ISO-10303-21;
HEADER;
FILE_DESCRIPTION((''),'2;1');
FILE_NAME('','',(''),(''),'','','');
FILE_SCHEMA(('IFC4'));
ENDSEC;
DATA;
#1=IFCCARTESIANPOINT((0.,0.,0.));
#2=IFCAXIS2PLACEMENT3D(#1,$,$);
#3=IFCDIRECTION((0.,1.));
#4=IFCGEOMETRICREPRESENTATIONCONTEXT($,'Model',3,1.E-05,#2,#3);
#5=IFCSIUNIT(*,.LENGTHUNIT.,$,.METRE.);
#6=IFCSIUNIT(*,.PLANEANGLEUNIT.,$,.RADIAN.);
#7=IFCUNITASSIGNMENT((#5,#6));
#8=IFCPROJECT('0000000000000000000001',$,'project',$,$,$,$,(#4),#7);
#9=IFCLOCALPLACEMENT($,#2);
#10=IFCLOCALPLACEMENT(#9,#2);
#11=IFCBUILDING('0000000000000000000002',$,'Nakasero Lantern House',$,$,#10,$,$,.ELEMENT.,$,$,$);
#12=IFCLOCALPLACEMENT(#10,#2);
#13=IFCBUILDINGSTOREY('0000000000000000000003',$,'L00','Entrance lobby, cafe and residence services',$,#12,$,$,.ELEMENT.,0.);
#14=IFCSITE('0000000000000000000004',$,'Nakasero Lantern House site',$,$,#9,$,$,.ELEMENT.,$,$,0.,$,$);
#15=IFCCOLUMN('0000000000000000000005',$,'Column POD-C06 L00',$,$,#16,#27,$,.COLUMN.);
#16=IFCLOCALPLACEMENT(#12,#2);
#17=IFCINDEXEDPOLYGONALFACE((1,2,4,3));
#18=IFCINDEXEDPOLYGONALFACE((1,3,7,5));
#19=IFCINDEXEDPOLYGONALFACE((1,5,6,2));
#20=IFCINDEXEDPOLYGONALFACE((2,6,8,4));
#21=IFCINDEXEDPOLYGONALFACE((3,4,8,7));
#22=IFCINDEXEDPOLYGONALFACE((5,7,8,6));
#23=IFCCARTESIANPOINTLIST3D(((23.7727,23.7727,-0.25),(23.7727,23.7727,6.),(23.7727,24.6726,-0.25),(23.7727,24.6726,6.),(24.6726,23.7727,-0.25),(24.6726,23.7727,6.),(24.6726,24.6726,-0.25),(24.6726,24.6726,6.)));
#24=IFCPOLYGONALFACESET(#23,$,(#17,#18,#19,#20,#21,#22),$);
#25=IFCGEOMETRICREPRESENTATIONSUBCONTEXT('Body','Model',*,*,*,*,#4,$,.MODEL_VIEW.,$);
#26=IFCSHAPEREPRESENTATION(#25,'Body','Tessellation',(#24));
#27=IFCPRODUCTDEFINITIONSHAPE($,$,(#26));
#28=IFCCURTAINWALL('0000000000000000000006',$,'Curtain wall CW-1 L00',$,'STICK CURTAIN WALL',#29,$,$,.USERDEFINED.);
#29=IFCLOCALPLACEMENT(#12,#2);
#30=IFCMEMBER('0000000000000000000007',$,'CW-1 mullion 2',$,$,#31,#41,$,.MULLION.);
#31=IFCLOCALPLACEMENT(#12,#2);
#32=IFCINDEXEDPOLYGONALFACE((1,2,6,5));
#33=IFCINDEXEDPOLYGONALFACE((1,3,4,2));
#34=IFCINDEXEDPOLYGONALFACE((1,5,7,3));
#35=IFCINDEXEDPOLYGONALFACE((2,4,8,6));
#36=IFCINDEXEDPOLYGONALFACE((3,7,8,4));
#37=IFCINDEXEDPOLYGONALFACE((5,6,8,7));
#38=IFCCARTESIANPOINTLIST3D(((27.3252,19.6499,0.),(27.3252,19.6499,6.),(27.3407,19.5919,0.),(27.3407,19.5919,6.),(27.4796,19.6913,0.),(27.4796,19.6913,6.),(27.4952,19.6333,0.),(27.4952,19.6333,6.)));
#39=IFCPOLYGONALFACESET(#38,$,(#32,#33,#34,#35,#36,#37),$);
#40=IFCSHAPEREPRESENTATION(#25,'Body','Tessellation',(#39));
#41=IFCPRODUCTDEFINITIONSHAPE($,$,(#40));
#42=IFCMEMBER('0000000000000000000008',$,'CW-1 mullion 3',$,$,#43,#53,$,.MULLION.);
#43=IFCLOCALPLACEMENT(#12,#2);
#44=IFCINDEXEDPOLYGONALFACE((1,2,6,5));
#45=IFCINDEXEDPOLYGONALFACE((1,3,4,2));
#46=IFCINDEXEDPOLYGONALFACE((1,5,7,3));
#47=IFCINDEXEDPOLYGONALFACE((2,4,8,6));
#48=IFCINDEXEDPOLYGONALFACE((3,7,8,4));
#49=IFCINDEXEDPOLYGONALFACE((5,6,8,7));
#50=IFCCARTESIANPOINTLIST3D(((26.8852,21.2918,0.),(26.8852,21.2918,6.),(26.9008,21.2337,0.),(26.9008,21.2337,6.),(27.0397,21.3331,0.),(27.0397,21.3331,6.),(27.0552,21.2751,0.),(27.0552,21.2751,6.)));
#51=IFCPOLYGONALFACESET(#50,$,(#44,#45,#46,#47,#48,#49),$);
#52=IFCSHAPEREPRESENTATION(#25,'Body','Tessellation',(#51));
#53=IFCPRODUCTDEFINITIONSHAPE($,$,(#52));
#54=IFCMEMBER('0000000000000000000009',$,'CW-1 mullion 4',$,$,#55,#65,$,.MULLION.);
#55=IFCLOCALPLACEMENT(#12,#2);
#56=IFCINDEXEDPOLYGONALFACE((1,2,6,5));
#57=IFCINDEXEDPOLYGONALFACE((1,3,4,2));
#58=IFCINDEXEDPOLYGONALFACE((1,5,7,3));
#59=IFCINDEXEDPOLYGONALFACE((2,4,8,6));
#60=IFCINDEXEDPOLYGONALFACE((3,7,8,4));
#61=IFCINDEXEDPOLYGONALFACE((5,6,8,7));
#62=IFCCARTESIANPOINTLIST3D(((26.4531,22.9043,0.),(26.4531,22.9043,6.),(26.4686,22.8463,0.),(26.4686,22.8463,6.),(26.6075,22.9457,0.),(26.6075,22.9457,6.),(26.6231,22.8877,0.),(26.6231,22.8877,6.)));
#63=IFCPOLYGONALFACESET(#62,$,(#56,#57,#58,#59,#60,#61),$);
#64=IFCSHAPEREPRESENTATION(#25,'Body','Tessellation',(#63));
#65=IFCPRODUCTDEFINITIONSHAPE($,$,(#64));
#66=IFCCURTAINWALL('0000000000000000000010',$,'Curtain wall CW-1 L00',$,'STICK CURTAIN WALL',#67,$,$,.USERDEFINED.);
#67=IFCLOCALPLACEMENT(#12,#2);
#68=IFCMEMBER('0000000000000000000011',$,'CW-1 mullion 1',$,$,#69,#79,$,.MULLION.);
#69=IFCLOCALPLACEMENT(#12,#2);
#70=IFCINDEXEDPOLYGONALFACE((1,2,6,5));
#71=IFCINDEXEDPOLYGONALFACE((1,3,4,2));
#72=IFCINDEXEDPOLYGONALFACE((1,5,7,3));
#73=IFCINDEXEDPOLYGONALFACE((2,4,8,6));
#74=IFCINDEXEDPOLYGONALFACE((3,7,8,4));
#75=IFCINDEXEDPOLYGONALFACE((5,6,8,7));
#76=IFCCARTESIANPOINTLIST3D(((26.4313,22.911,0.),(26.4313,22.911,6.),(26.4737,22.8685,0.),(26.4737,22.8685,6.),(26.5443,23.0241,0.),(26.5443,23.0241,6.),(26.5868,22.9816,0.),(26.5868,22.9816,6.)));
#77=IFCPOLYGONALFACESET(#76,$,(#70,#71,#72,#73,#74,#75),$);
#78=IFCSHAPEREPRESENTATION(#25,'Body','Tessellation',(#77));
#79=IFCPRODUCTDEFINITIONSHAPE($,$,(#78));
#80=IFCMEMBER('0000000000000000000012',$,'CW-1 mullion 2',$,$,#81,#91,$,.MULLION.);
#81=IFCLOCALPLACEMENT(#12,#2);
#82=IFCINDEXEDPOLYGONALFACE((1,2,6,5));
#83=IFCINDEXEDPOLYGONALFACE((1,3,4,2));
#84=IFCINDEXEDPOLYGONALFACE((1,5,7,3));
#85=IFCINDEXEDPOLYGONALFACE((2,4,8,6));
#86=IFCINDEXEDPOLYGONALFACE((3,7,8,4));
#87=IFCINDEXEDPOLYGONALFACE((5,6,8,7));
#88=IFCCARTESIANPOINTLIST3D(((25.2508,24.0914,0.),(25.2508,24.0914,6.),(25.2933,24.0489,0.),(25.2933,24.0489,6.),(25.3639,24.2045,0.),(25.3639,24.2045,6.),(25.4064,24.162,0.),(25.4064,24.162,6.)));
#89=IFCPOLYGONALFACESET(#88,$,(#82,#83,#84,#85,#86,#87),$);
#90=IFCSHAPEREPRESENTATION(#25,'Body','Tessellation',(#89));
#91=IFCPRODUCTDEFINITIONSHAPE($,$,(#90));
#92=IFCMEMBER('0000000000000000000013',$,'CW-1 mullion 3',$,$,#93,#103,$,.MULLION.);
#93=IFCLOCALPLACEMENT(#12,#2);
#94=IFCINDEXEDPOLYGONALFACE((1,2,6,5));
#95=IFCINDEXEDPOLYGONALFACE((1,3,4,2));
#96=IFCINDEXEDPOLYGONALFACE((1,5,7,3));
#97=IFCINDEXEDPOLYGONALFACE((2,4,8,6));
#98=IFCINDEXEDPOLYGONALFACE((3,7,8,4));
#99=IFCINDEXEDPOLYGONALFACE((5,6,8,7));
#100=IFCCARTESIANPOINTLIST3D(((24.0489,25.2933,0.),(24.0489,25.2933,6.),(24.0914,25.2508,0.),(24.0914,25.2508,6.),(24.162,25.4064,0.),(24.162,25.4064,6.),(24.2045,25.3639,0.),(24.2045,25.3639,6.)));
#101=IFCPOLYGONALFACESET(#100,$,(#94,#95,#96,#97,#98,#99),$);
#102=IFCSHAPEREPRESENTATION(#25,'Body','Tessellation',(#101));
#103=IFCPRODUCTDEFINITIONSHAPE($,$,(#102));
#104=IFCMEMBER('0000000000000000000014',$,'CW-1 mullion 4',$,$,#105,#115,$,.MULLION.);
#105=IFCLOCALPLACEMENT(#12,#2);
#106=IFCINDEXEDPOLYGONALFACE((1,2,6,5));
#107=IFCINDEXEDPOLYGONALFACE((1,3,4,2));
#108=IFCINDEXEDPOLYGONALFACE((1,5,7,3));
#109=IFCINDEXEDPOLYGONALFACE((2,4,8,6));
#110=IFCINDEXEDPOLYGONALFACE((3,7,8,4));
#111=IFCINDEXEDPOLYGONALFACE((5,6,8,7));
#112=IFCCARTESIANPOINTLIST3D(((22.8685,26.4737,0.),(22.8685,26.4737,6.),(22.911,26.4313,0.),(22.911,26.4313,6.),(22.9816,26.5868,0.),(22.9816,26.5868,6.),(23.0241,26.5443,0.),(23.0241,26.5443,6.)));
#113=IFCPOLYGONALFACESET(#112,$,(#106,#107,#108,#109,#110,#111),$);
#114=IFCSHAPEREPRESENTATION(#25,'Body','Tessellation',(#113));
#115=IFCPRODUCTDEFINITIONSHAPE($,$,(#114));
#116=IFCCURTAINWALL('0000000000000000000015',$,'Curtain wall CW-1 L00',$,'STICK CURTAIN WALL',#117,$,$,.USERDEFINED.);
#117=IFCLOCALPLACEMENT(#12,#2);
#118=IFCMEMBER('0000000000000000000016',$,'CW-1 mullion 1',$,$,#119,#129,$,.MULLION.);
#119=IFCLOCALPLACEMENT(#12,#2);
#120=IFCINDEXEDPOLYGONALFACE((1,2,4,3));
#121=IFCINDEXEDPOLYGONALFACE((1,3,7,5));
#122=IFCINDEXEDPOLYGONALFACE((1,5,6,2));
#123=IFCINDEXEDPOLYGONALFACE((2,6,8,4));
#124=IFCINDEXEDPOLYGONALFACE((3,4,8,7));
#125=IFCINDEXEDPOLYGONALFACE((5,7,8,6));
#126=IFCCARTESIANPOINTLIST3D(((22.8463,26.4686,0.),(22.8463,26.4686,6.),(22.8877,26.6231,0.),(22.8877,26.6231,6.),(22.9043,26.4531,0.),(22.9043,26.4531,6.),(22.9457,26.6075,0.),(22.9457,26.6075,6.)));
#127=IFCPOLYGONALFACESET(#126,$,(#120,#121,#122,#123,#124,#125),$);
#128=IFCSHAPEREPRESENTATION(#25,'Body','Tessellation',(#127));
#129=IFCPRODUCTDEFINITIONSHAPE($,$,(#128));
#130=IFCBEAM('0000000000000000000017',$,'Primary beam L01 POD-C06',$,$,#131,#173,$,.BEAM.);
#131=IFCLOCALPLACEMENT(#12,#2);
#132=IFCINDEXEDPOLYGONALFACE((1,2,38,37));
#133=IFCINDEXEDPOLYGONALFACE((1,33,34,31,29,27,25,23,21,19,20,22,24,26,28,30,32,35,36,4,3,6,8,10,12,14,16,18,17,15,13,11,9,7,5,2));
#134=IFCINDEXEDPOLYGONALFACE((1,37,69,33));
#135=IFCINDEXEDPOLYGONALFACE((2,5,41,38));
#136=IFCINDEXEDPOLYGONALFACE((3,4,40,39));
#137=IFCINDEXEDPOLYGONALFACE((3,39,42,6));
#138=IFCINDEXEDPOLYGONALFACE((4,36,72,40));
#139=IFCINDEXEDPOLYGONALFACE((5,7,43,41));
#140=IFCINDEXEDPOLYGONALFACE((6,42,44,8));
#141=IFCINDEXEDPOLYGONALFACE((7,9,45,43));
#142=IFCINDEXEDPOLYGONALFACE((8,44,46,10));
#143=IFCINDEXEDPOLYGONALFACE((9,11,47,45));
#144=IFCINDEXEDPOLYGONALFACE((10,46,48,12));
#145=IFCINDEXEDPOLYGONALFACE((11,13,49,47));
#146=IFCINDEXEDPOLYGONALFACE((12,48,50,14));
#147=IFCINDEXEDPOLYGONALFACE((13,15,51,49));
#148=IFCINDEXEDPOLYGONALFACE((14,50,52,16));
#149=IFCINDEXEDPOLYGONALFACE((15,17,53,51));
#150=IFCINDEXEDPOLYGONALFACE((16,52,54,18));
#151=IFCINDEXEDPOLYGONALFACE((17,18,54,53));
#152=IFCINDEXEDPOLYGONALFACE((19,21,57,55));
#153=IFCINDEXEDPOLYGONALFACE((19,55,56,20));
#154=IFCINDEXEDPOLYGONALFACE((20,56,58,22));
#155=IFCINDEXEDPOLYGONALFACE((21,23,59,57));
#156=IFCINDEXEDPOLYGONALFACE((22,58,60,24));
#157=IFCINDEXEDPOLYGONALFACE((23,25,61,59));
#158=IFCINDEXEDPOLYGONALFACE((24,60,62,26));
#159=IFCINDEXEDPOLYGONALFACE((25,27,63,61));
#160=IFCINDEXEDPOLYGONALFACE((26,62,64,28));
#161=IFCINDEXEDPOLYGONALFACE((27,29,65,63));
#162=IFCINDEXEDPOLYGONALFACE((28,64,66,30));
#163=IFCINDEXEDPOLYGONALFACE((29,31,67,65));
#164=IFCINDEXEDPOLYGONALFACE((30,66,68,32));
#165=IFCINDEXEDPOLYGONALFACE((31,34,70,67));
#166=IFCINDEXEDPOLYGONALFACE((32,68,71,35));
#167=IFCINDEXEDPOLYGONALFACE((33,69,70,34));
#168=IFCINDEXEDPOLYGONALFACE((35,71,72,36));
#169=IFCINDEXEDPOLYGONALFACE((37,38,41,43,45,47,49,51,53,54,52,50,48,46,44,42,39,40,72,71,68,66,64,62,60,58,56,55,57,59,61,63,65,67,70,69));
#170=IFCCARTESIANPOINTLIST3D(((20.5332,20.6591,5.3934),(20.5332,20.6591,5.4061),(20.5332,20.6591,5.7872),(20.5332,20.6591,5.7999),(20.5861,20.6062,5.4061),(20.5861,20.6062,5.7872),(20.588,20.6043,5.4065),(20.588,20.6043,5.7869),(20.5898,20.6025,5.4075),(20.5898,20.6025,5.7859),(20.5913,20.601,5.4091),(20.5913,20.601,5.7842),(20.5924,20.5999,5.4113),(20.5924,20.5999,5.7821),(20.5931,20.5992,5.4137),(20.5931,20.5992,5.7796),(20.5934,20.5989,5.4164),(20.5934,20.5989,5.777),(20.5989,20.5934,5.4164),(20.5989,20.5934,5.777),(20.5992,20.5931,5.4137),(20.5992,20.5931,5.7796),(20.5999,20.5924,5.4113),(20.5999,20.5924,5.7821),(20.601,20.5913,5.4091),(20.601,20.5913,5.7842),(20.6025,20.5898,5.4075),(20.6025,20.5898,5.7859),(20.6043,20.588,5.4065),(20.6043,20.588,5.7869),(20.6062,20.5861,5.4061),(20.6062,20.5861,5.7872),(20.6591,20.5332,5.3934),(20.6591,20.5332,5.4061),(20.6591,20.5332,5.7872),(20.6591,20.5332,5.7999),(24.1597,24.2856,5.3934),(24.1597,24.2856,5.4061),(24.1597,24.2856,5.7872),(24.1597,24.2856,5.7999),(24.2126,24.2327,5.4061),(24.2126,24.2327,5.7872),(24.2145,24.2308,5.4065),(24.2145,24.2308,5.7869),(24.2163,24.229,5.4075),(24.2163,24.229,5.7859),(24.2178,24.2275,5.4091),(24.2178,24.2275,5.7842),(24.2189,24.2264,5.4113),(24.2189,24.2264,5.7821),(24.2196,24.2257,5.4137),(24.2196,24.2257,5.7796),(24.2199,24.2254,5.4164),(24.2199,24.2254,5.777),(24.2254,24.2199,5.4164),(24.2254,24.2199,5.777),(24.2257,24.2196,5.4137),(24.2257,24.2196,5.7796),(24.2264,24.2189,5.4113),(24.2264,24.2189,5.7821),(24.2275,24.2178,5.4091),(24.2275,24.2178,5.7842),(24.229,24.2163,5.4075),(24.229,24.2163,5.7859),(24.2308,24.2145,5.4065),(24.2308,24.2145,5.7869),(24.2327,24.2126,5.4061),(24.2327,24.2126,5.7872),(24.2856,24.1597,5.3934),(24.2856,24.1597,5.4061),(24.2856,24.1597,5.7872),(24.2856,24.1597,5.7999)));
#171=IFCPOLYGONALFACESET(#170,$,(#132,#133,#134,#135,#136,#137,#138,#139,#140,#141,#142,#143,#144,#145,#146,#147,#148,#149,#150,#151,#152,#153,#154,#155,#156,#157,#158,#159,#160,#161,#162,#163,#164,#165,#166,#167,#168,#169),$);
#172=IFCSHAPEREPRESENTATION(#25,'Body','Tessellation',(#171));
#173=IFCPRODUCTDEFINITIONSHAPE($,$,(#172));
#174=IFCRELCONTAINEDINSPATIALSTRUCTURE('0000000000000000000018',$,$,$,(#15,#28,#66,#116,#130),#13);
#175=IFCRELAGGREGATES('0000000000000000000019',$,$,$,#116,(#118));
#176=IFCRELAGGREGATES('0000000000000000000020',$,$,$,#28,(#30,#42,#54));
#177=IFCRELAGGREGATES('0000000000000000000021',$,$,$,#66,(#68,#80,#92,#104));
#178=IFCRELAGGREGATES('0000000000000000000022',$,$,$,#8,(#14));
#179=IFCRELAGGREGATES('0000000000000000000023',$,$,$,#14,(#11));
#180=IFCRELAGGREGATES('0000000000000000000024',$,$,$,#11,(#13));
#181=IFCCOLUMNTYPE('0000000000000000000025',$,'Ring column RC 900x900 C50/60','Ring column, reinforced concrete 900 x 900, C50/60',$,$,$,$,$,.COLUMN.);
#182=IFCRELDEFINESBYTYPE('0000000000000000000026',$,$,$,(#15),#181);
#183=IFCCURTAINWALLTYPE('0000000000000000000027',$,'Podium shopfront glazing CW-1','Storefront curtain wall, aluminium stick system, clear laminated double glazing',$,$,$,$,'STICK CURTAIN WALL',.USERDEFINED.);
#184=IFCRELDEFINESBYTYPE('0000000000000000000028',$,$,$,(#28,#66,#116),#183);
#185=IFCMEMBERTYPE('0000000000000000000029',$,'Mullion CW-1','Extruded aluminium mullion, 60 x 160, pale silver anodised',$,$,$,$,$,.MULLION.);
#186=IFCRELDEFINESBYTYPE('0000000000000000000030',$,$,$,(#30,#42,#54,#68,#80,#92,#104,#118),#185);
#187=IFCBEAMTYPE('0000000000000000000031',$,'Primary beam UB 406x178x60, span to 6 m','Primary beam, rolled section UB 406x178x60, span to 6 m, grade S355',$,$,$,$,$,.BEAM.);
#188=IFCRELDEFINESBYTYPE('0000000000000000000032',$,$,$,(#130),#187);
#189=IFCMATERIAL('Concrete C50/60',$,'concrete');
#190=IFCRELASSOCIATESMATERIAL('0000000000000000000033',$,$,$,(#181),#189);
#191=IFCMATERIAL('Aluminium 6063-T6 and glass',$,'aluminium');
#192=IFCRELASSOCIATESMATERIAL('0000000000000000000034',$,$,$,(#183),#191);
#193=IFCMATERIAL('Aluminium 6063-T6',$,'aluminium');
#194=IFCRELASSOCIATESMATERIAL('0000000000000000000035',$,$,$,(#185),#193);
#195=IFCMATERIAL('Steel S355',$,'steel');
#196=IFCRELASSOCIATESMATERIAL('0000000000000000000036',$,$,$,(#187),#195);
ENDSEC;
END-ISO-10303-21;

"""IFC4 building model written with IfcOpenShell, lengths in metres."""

from ifc_helpers import new_model, si_unit, direction, frame, origin, origin_2d, place, context, subcontext, project, spatial, rectangle, i_section, extrude, material, material_profile, profile_set, type_object, element, aggregate, save


model = new_model("IFC4")

# Units and contexts
model_context = context("Model", 3, precision=1e-05, world=origin(), true_north=direction((0.0, 1.0)))
body_context = subcontext(model_context, "Body", "Model", "MODEL_VIEW")
ifc_project = project(units=[si_unit("LENGTHUNIT", "METRE"), si_unit("PLANEANGLEUNIT", "RADIAN")], contexts=[model_context])

# Site, building, storey
site_placement = place(None, origin())
site = spatial("IfcSite", under=ifc_project, at=site_placement, Name="Nakasero Lantern House site", CompositionType="ELEMENT", RefElevation=0.0)
building_placement = place(site_placement, origin())
building = spatial("IfcBuilding", under=site, at=building_placement, Name="Nakasero Lantern House", CompositionType="ELEMENT")
storey_placement = place(building_placement, origin())
storey = spatial("IfcBuildingStorey", under=building, at=storey_placement, Name="L00", Description="Entrance lobby, cafe and residence services", CompositionType="ELEMENT", Elevation=0.0)

# Column
ifc_material_1 = material(Name="Concrete C50/60", Category="concrete")
ifc_material_profile_1 = material_profile(ifc_material_1, rectangle(XDim=0.8999, YDim=0.8999, at=origin_2d()), Name="RC 900x900")
ifc_profile_set_1 = profile_set([ifc_material_profile_1], Name="Concrete C50/60")
column_type = type_object("IfcColumnType", Name="Ring column RC 900x900 C50/60", Description="Ring column, reinforced concrete 900 x 900, C50/60", PredefinedType="COLUMN", material=ifc_profile_set_1)
column_placement = place(storey_placement, frame((24.2227, 24.2227, -0.25), z_axis=(0.0, 0.0, 1.0), x_axis=(1.0, 0.0, 0.0)))
element("IfcColumn", 1, at=column_placement, inside=storey, type_object=column_type, Name="Column POD-C06 L00", PredefinedType="COLUMN", context=body_context, shape_type="SweptSolid", body=[
    extrude(rectangle(XDim=0.8999, YDim=0.8999, at=origin_2d()), origin(), (0.0, 0.0, 1.0), 6.25),
])

# Curtain walls, members
ifc_material_2 = material(Name="Aluminium 6063-T6 and glass", Category="aluminium")
curtain_wall_type = type_object("IfcCurtainWallType", Name="Podium shopfront glazing CW-1", Description="Storefront curtain wall, aluminium stick system, clear laminated double glazing", ElementType="STICK CURTAIN WALL", PredefinedType="USERDEFINED", material=ifc_material_2)
curtain_wall_1_placement = place(storey_placement, origin())
curtain_wall_1 = element("IfcCurtainWall", 2, at=curtain_wall_1_placement, inside=storey, type_object=curtain_wall_type, Name="Curtain wall CW-1 L00", ObjectType="STICK CURTAIN WALL", PredefinedType="USERDEFINED")
ifc_material_3 = material(Name="Aluminium 6063-T6", Category="aluminium")
ifc_material_profile_2 = material_profile(ifc_material_3, rectangle(XDim=0.0601, YDim=0.1599, at=origin_2d()), Name="CW-1 mullion 60x160")
ifc_profile_set_2 = profile_set([ifc_material_profile_2], Name="Aluminium 6063-T6")
member_type_1 = type_object("IfcMemberType", Name="Mullion CW-1", Description="Extruded aluminium mullion, 60 x 160, pale silver anodised", PredefinedType="MULLION", material=ifc_profile_set_2)
member_1_placement = place(storey_placement, frame((27.4102, 19.6416, 0.0), z_axis=(0.0, 0.0, 1.0), x_axis=(-0.258819, 0.965926, 0.0)))
member_1 = element("IfcMember", 3, at=member_1_placement, type_object=member_type_1, Name="CW-1 mullion 2", PredefinedType="MULLION", context=body_context, shape_type="SweptSolid", body=[
    extrude(rectangle(XDim=0.0601, YDim=0.1599, at=origin_2d()), origin(), (0.0, 0.0, 1.0), 6.0),
])
member_2_placement = place(storey_placement, frame((26.9702, 21.2834, 0.0), z_axis=(0.0, 0.0, 1.0), x_axis=(-0.258819, 0.965926, 0.0)))
member_2 = element("IfcMember", 4, at=member_2_placement, type_object=member_type_1, Name="CW-1 mullion 3", PredefinedType="MULLION", context=body_context, shape_type="SweptSolid", body=[
    extrude(rectangle(XDim=0.0601, YDim=0.1599, at=origin_2d()), origin(), (0.0, 0.0, 1.0), 6.0),
])
member_3_placement = place(storey_placement, frame((26.5381, 22.896, 0.0), z_axis=(0.0, 0.0, 1.0), x_axis=(-0.258819, 0.965926, 0.0)))
member_3 = element("IfcMember", 5, at=member_3_placement, type_object=member_type_1, Name="CW-1 mullion 4", PredefinedType="MULLION", context=body_context, shape_type="SweptSolid", body=[
    extrude(rectangle(XDim=0.0601, YDim=0.1599, at=origin_2d()), origin(), (0.0, 0.0, 1.0), 6.0),
])
curtain_wall_2_placement = place(storey_placement, origin())
curtain_wall_2 = element("IfcCurtainWall", 6, at=curtain_wall_2_placement, inside=storey, type_object=curtain_wall_type, Name="Curtain wall CW-1 L00", ObjectType="STICK CURTAIN WALL", PredefinedType="USERDEFINED")
member_4_placement = place(storey_placement, frame((26.509, 22.9463, 0.0), z_axis=(0.0, 0.0, 1.0), x_axis=(-0.707107, 0.707107, 0.0)))
member_4 = element("IfcMember", 7, at=member_4_placement, type_object=member_type_1, Name="CW-1 mullion 1", PredefinedType="MULLION", context=body_context, shape_type="SweptSolid", body=[
    extrude(rectangle(XDim=0.0601, YDim=0.1599, at=origin_2d()), origin(), (0.0, 0.0, 1.0), 6.0),
])
member_5_placement = place(storey_placement, frame((25.3286, 24.1267, 0.0), z_axis=(0.0, 0.0, 1.0), x_axis=(-0.707107, 0.707107, 0.0)))
member_5 = element("IfcMember", 8, at=member_5_placement, type_object=member_type_1, Name="CW-1 mullion 2", PredefinedType="MULLION", context=body_context, shape_type="SweptSolid", body=[
    extrude(rectangle(XDim=0.0601, YDim=0.1599, at=origin_2d()), origin(), (0.0, 0.0, 1.0), 6.0),
])
member_6_placement = place(storey_placement, frame((24.1267, 25.3286, 0.0), z_axis=(0.0, 0.0, 1.0), x_axis=(-0.707107, 0.707107, 0.0)))
member_6 = element("IfcMember", 9, at=member_6_placement, type_object=member_type_1, Name="CW-1 mullion 3", PredefinedType="MULLION", context=body_context, shape_type="SweptSolid", body=[
    extrude(rectangle(XDim=0.0601, YDim=0.1599, at=origin_2d()), origin(), (0.0, 0.0, 1.0), 6.0),
])
member_7_placement = place(storey_placement, frame((22.9463, 26.509, 0.0), z_axis=(0.0, 0.0, 1.0), x_axis=(-0.707107, 0.707107, 0.0)))
member_7 = element("IfcMember", 10, at=member_7_placement, type_object=member_type_1, Name="CW-1 mullion 4", PredefinedType="MULLION", context=body_context, shape_type="SweptSolid", body=[
    extrude(rectangle(XDim=0.0601, YDim=0.1599, at=origin_2d()), origin(), (0.0, 0.0, 1.0), 6.0),
])

# Curtain wall, member
curtain_wall_3_placement = place(storey_placement, origin())
curtain_wall_3 = element("IfcCurtainWall", 11, at=curtain_wall_3_placement, inside=storey, type_object=curtain_wall_type, Name="Curtain wall CW-1 L00", ObjectType="STICK CURTAIN WALL", PredefinedType="USERDEFINED")
member_8_placement = place(storey_placement, frame((22.896, 26.5381, 0.0), z_axis=(0.0, 0.0, 1.0), x_axis=(-0.965926, 0.258819, 0.0)))
member_8 = element("IfcMember", 12, at=member_8_placement, type_object=member_type_1, Name="CW-1 mullion 1", PredefinedType="MULLION", context=body_context, shape_type="SweptSolid", body=[
    extrude(rectangle(XDim=0.0601, YDim=0.1599, at=origin_2d()), origin(), (0.0, 0.0, 1.0), 6.0),
])
aggregate(curtain_wall_3, [member_8])

# Beam
ifc_material_4 = material(Name="Steel S355", Category="steel")
ifc_material_profile_3 = material_profile(ifc_material_4, i_section(OverallWidth=0.178, OverallDepth=0.4065, WebThickness=0.0078, FlangeThickness=0.0127, FilletRadius=0.0103, at=origin_2d()), Name="UB 406x178x60")
ifc_profile_set_3 = profile_set([ifc_material_profile_3], Name="Steel S355")
beam_type_1 = type_object("IfcBeamType", Name="Primary beam UB 406x178x60, span to 6 m", Description="Primary beam, rolled section UB 406x178x60, span to 6 m, grade S355", PredefinedType="BEAM", material=ifc_profile_set_3)
beam_1_placement = place(storey_placement, frame((24.2227, 24.2227, 5.5967), z_axis=(-0.707107, -0.707107, 0.0), x_axis=(0.707107, -0.707107, 0.0)))
element("IfcBeam", 13, at=beam_1_placement, inside=storey, type_object=beam_type_1, Name="Primary beam L01 POD-C06", PredefinedType="BEAM", context=body_context, shape_type="SweptSolid", body=[
    extrude(i_section(OverallWidth=0.178, OverallDepth=0.4065, WebThickness=0.0078, FlangeThickness=0.0127, FilletRadius=0.0103, at=origin_2d()), origin(), (0.0, 0.0, 1.0), 5.1287),
])

aggregate(curtain_wall_1, [member_1, member_2, member_3])
aggregate(curtain_wall_2, [member_4, member_5, member_6, member_7])

save(model, "model.ifc")
